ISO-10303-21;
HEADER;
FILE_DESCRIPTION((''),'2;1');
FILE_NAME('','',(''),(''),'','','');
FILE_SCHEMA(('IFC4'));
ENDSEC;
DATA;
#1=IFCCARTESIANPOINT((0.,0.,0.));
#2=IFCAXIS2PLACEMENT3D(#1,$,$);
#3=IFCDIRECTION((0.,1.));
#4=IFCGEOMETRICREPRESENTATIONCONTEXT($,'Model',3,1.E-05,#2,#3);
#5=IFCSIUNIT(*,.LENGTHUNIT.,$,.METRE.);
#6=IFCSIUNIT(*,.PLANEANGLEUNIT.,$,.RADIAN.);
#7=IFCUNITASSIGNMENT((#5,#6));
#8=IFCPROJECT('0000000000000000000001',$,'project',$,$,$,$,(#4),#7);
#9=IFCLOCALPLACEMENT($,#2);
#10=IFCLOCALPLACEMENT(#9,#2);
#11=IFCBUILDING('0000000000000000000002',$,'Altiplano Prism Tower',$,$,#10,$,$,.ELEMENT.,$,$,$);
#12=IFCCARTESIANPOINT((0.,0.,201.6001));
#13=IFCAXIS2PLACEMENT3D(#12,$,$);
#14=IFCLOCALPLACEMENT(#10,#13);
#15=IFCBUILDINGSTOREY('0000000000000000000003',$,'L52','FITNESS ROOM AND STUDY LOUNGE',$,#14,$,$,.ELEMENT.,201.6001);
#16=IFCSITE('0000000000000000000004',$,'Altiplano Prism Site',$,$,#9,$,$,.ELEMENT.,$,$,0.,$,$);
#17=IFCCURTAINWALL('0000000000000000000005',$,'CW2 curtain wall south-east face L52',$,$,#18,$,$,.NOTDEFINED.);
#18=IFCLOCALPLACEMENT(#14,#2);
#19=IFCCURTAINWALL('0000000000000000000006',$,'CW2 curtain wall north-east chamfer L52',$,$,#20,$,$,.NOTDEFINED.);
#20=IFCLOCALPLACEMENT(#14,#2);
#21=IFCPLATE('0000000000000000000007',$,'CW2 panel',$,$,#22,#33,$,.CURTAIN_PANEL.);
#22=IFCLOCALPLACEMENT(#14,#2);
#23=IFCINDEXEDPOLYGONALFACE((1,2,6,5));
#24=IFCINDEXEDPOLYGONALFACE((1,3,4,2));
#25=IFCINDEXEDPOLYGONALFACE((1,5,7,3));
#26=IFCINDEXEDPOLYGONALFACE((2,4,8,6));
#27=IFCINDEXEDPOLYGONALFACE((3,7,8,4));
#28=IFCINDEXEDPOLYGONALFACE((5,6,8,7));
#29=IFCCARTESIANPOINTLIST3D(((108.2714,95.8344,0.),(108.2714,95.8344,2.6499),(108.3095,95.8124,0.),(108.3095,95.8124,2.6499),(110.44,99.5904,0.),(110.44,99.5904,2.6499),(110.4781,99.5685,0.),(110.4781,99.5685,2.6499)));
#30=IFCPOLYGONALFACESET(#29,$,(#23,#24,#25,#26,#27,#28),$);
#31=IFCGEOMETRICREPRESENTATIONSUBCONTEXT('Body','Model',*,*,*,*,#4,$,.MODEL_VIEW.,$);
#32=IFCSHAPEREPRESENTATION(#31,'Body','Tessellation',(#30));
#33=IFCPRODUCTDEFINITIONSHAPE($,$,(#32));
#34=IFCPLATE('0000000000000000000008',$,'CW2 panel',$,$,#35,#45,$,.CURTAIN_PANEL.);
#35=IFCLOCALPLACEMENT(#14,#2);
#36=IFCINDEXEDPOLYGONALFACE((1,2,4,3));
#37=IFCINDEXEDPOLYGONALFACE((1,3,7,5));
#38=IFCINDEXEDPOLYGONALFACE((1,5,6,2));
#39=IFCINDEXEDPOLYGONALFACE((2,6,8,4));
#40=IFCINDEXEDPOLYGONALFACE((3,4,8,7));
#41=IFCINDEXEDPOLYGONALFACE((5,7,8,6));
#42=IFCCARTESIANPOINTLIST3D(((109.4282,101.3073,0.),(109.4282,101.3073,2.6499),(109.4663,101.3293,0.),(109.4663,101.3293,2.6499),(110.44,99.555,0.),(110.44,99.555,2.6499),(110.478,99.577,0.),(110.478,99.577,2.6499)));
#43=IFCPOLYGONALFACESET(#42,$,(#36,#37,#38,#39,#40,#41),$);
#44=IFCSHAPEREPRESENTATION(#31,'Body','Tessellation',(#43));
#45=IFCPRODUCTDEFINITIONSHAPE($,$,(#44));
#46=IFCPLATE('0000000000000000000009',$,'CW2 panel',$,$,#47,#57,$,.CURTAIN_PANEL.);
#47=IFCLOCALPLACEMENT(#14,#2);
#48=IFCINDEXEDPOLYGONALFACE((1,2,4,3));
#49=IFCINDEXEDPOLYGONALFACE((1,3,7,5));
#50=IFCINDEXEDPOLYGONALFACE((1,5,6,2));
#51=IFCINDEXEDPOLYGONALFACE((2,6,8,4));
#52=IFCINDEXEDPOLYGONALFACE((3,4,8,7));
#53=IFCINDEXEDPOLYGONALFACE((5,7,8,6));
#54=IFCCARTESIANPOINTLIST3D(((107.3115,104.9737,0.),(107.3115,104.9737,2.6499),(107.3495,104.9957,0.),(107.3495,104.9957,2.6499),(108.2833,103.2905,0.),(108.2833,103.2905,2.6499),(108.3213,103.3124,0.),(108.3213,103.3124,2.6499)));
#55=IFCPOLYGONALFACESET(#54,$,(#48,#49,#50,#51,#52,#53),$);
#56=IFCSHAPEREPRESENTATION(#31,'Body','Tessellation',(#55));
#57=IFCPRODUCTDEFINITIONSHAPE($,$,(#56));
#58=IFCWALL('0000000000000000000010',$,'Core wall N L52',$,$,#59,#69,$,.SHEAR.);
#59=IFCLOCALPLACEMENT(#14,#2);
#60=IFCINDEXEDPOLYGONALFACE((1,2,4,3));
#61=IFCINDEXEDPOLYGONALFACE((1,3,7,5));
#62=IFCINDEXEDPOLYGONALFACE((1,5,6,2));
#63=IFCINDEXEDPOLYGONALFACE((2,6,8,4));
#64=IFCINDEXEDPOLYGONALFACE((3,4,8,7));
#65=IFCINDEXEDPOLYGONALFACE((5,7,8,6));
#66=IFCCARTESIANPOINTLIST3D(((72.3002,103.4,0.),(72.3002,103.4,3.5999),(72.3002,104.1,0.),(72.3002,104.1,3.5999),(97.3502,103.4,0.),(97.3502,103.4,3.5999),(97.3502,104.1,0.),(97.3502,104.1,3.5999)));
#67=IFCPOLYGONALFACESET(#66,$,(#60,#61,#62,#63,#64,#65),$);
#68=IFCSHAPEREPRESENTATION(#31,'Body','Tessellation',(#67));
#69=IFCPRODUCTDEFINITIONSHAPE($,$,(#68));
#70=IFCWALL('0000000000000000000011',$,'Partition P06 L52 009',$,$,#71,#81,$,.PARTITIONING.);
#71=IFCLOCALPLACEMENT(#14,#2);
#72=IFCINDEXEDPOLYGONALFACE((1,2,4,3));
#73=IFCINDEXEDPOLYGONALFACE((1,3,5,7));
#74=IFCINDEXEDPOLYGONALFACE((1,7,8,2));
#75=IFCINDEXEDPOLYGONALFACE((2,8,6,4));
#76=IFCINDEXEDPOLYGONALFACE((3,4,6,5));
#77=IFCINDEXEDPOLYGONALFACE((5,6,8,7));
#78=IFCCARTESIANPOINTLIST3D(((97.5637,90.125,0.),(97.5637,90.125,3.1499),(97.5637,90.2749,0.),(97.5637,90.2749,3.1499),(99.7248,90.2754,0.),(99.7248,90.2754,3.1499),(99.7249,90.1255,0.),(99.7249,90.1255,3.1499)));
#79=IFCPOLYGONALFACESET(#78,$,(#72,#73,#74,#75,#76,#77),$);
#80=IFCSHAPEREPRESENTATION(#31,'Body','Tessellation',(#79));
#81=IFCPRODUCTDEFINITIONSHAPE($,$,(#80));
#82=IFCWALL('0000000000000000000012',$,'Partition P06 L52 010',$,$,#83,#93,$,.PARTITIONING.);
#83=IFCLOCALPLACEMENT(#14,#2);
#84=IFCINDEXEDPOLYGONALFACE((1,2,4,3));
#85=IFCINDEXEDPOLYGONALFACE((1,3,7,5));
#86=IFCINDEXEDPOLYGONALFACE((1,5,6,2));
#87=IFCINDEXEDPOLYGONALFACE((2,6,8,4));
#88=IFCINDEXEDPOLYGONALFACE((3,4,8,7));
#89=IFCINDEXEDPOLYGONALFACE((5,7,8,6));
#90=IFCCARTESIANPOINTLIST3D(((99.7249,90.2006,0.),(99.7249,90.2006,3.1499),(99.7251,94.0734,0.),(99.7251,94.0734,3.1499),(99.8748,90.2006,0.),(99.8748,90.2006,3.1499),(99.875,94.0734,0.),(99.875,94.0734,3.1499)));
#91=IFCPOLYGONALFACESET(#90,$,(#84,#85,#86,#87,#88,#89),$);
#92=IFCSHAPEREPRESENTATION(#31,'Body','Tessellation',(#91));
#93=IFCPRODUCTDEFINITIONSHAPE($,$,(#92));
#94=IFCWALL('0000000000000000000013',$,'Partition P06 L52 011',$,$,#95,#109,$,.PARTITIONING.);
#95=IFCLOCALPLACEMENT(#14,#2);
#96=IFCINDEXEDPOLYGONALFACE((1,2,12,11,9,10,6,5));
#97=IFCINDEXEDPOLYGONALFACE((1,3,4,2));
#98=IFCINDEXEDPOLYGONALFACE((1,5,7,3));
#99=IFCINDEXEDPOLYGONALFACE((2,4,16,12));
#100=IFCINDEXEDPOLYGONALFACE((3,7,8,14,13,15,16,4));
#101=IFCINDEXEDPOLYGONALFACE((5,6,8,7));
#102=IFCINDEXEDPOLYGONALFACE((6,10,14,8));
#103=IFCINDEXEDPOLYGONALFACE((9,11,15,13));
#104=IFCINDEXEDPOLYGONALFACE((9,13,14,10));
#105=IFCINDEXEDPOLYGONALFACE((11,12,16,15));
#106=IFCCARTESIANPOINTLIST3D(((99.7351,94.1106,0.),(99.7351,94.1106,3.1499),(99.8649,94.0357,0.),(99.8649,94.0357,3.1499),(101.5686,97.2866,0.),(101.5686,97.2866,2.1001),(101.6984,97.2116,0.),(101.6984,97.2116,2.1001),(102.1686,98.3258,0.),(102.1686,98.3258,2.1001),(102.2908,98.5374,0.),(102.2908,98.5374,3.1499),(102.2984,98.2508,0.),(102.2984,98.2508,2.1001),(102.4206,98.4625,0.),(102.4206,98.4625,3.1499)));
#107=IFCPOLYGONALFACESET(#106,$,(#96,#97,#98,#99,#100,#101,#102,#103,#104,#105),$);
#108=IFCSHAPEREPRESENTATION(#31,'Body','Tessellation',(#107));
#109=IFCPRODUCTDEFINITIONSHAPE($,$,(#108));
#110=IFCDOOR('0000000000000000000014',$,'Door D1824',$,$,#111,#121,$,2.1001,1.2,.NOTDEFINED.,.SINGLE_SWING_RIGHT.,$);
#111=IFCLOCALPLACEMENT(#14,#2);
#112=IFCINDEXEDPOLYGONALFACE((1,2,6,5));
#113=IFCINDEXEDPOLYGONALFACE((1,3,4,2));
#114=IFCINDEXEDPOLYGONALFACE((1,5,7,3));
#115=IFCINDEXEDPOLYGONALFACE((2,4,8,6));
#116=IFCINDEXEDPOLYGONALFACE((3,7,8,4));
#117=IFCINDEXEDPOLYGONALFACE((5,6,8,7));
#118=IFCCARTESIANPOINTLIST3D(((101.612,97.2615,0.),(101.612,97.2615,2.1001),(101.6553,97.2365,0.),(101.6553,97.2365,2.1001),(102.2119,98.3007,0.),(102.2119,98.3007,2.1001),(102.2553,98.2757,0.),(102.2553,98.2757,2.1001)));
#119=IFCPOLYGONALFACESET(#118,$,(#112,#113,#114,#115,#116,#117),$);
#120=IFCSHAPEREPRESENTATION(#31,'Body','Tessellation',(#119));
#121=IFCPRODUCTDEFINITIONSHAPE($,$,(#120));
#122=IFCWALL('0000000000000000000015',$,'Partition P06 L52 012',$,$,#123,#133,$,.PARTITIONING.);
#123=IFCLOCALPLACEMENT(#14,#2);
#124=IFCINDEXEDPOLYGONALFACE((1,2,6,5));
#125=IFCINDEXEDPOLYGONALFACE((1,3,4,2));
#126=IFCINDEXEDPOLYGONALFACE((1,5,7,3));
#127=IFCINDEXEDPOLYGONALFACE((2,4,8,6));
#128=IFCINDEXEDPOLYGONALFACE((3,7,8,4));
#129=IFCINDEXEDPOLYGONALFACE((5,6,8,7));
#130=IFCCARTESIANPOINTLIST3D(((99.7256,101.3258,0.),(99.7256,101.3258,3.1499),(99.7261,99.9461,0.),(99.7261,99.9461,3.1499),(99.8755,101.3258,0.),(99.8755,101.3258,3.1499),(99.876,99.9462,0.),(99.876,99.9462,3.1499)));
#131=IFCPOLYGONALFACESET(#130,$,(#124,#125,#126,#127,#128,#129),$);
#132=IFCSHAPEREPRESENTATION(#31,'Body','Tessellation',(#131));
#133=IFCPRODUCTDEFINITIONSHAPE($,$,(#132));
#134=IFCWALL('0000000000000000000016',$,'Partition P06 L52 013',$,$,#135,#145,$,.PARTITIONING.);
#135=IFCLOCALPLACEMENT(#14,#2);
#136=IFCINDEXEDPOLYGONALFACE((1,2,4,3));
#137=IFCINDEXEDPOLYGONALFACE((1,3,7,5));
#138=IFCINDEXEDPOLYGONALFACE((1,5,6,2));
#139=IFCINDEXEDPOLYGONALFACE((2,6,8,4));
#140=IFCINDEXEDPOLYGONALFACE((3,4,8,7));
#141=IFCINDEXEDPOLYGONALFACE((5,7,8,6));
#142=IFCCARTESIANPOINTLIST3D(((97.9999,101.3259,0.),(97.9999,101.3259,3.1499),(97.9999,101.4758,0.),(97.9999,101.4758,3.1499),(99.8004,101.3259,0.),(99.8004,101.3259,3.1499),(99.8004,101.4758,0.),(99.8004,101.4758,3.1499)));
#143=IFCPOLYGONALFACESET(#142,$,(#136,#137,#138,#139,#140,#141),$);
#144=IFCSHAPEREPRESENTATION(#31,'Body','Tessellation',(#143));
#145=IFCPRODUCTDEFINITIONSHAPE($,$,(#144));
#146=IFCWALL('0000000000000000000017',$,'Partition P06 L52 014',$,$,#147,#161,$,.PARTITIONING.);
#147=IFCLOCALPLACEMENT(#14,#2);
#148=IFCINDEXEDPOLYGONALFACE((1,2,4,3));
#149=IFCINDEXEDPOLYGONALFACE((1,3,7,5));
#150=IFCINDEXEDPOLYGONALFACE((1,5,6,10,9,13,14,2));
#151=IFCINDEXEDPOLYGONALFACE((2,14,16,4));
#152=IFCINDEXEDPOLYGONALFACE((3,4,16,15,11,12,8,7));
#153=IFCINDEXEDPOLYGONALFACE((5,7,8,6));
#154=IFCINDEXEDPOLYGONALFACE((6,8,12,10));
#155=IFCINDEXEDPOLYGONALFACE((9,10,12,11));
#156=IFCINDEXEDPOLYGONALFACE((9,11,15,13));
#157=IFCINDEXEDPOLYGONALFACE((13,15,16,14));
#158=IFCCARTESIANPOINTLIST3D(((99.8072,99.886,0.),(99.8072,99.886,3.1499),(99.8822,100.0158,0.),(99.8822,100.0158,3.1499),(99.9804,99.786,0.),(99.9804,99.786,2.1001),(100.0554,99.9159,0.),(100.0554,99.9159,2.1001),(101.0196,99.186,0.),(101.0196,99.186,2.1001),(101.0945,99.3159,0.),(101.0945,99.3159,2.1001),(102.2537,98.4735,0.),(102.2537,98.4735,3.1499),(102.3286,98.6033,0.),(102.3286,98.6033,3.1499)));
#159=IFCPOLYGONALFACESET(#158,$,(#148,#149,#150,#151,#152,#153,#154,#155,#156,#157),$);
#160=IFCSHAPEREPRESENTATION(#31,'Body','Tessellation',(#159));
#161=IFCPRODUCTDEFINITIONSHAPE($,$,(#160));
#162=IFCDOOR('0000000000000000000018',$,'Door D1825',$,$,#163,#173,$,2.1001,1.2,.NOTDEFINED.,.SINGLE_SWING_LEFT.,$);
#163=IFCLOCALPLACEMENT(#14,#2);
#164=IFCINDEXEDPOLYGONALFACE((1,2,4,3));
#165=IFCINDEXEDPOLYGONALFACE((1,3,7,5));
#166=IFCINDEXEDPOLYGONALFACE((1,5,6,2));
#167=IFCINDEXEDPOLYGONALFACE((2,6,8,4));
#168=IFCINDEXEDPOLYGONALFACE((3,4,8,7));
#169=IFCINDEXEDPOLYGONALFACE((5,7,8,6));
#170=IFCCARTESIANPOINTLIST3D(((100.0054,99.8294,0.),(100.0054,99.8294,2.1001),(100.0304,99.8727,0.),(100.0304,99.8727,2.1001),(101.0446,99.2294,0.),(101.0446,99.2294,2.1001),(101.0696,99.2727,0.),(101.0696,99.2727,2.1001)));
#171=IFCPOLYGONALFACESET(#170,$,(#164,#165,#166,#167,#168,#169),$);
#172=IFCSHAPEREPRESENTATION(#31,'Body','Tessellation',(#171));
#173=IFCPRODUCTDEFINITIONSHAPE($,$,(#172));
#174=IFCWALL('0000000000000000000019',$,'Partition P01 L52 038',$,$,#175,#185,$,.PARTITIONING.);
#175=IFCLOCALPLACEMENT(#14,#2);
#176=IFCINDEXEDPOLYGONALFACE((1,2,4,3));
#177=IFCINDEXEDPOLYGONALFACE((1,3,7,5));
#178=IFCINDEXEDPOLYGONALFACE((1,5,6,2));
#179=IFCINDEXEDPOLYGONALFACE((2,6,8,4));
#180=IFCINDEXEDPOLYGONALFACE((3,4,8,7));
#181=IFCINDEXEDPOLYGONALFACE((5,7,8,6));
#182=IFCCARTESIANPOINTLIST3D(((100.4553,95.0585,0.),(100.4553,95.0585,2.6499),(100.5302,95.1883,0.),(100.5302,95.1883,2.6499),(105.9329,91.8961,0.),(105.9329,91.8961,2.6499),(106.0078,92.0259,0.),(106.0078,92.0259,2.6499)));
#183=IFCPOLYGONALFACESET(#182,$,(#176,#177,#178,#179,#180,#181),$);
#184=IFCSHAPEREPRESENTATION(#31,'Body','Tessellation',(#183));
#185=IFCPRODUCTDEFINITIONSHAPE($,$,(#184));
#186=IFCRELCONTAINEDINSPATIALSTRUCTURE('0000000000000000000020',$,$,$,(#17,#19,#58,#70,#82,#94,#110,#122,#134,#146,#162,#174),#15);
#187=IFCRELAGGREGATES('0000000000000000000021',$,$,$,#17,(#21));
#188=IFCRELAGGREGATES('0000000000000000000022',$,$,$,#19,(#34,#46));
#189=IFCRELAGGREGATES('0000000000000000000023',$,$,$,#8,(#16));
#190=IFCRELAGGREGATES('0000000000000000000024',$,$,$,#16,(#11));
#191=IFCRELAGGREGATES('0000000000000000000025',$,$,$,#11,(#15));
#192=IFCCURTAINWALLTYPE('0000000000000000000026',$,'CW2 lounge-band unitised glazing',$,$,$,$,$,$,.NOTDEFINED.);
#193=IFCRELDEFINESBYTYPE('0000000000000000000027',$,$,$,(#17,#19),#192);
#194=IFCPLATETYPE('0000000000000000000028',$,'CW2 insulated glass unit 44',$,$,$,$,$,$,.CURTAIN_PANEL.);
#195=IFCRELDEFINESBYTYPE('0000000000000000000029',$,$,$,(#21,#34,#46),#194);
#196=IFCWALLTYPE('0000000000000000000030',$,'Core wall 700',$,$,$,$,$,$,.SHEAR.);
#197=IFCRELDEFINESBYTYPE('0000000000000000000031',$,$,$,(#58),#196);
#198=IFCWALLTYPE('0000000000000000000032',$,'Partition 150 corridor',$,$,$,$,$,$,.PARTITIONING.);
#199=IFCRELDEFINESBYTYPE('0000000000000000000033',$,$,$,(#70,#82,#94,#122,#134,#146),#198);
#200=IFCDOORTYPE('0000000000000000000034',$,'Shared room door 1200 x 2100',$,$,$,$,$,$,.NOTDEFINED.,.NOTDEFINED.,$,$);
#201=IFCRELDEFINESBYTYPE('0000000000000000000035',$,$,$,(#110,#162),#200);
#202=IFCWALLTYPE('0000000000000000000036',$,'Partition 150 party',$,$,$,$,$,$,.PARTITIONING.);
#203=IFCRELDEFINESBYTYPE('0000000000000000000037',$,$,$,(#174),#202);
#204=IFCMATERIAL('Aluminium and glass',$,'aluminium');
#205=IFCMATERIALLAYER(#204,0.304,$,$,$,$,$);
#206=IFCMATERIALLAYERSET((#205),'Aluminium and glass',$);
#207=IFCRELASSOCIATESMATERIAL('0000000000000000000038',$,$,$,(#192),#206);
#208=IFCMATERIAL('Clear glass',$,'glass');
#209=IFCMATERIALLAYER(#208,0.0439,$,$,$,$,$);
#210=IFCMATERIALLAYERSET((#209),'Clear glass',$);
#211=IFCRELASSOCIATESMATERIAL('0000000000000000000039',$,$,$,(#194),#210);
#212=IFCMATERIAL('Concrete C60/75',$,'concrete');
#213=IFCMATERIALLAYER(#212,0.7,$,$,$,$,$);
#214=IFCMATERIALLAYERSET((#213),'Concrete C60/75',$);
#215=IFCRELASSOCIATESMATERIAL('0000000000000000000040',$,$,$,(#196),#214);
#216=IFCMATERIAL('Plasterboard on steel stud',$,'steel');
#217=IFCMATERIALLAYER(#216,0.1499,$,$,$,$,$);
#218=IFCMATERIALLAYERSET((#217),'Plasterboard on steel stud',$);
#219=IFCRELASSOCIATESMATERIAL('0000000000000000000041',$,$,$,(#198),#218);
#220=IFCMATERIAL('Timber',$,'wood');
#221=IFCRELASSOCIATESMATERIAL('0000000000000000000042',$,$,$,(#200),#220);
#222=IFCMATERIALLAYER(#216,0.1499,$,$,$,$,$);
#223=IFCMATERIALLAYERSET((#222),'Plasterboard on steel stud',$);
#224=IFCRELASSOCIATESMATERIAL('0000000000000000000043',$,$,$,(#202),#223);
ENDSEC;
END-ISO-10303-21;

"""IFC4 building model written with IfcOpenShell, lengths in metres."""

from ifc_helpers import new_model, si_unit, direction, frame, frame_2d, origin, origin_2d, place, context, subcontext, project, spatial, rectangle, extrude, material, layer, layer_set, type_object, element, fill, aggregate, save


model = new_model("IFC4")

# Units and contexts
model_context = context("Model", 3, precision=1e-05, world=origin(), true_north=direction((0.0, 1.0)))
body_context = subcontext(model_context, "Body", "Model", "MODEL_VIEW")
ifc_project = project(units=[si_unit("LENGTHUNIT", "METRE"), si_unit("PLANEANGLEUNIT", "RADIAN")], contexts=[model_context])

# Site, building, storey
site_placement = place(None, origin())
site = spatial("IfcSite", under=ifc_project, at=site_placement, Name="Altiplano Prism Site", CompositionType="ELEMENT", RefElevation=0.0)
building_placement = place(site_placement, origin())
building = spatial("IfcBuilding", under=site, at=building_placement, Name="Altiplano Prism Tower", CompositionType="ELEMENT")
storey_placement = place(building_placement, frame((0.0, 0.0, 201.6001)))
storey = spatial("IfcBuildingStorey", under=building, at=storey_placement, Name="L52", Description="FITNESS ROOM AND STUDY LOUNGE", CompositionType="ELEMENT", Elevation=201.6001)

# Shared definitions
ifc_material_1 = material(Name="Concrete C60/75", Category="concrete")

# Curtain walls
ifc_material_2 = material(Name="Aluminium and glass", Category="aluminium")
ifc_layer_1 = layer(ifc_material_2, 0.304)
ifc_layer_set_1 = layer_set([ifc_layer_1], Name="Aluminium and glass")
curtain_wall_type = type_object("IfcCurtainWallType", Name="CW2 lounge-band unitised glazing", PredefinedType="NOTDEFINED", material=ifc_layer_set_1)
curtain_wall_1_placement = place(storey_placement, origin())
curtain_wall_1 = element("IfcCurtainWall", 1, at=curtain_wall_1_placement, inside=storey, type_object=curtain_wall_type, Name="CW2 curtain wall south-east face L52", PredefinedType="NOTDEFINED")
curtain_wall_2_placement = place(storey_placement, origin())
curtain_wall_2 = element("IfcCurtainWall", 2, at=curtain_wall_2_placement, inside=storey, type_object=curtain_wall_type, Name="CW2 curtain wall north-east chamfer L52", PredefinedType="NOTDEFINED")

# Plates
ifc_material_3 = material(Name="Clear glass", Category="glass")
ifc_layer_2 = layer(ifc_material_3, 0.0439)
ifc_layer_set_2 = layer_set([ifc_layer_2], Name="Clear glass")
plate_type = type_object("IfcPlateType", Name="CW2 insulated glass unit 44", PredefinedType="CURTAIN_PANEL", material=ifc_layer_set_2)
plate_1_placement = place(storey_placement, frame((109.3748, 97.7014, 0.0), z_axis=(0.0, 0.0, 1.0), x_axis=(0.5, 0.866025, 0.0)))
plate_1 = element("IfcPlate", 3, at=plate_1_placement, type_object=plate_type, Name="CW2 panel", PredefinedType="CURTAIN_PANEL", context=body_context, shape_type="SweptSolid", body=[
    extrude(rectangle(XDim=4.3372, YDim=0.0439, at=origin_2d()), origin(), (0.0, 0.0, 1.0), 2.6499),
])
aggregate(curtain_wall_1, [plate_1])
plate_2_placement = place(storey_placement, frame((109.9531, 100.4421, 0.0), z_axis=(0.0, 0.0, 1.0), x_axis=(-0.5, 0.866025, 0.0)))
plate_2 = element("IfcPlate", 4, at=plate_2_placement, type_object=plate_type, Name="CW2 panel", PredefinedType="CURTAIN_PANEL", context=body_context, shape_type="SweptSolid", body=[
    extrude(rectangle(XDim=2.0234, YDim=0.0439, at=origin_2d()), origin(), (0.0, 0.0, 1.0), 2.6499),
])
plate_3_placement = place(storey_placement, frame((107.8164, 104.1431, 0.0), z_axis=(0.0, 0.0, 1.0), x_axis=(-0.5, 0.866025, 0.0)))
plate_3 = element("IfcPlate", 5, at=plate_3_placement, type_object=plate_type, Name="CW2 panel", PredefinedType="CURTAIN_PANEL", context=body_context, shape_type="SweptSolid", body=[
    extrude(rectangle(XDim=1.9436, YDim=0.0439, at=origin_2d()), origin(), (0.0, 0.0, 1.0), 2.6499),
])
aggregate(curtain_wall_2, [plate_2, plate_3])

# Walls
ifc_layer_3 = layer(ifc_material_1, 0.7)
ifc_layer_set_3 = layer_set([ifc_layer_3], Name="Concrete C60/75")
wall_type_1 = type_object("IfcWallType", Name="Core wall 700", PredefinedType="SHEAR", material=ifc_layer_set_3)
wall_1_placement = place(storey_placement, frame((97.3501, 103.75, 0.0), z_axis=(0.0, 0.0, 1.0), x_axis=(-1.0, 0.0, 0.0)))
element("IfcWall", 6, at=wall_1_placement, inside=storey, type_object=wall_type_1, Name="Core wall N L52", PredefinedType="SHEAR", context=body_context, shape_type="SweptSolid", body=[
    extrude(rectangle(XDim=25.05, YDim=0.7, at=frame_2d((12.5249, 0.0))), origin(), (0.0, 0.0, 1.0), 3.5999),
])
ifc_material_4 = material(Name="Plasterboard on steel stud", Category="steel")
ifc_layer_4 = layer(ifc_material_4, 0.1499)
ifc_layer_set_4 = layer_set([ifc_layer_4], Name="Plasterboard on steel stud")
wall_type_2 = type_object("IfcWallType", Name="Partition 150 corridor", PredefinedType="PARTITIONING", material=ifc_layer_set_4)
wall_2_placement = place(storey_placement, frame((97.5637, 90.2, 0.0), z_axis=(0.0, 0.0, 1.0), x_axis=(1.0, 0.000226, 0.0)))
element("IfcWall", 7, at=wall_2_placement, inside=storey, type_object=wall_type_2, Name="Partition P06 L52 009", PredefinedType="PARTITIONING", context=body_context, shape_type="SweptSolid", body=[
    extrude(rectangle(XDim=2.1611, YDim=0.1499, at=frame_2d((1.0806, 0.0))), origin(), (0.0, 0.0, 1.0), 3.1499),
])
wall_3_placement = place(storey_placement, frame((99.7998, 90.2004, 0.0), z_axis=(0.0, 0.0, 1.0), x_axis=(0.000063, 1.0, 0.0)))
element("IfcWall", 8, at=wall_3_placement, inside=storey, type_object=wall_type_2, Name="Partition P06 L52 010", PredefinedType="PARTITIONING", context=body_context, shape_type="SweptSolid", body=[
    extrude(rectangle(XDim=3.8728, YDim=0.1499, at=frame_2d((1.9365, 0.0))), origin(), (0.0, 0.0, 1.0), 3.1499),
])

# Wall, opening, door
wall_4_placement = place(storey_placement, frame((99.8, 94.0732, 0.0), z_axis=(0.0, 0.0, 1.0), x_axis=(0.499982, 0.866036, 0.0)))
wall_4 = element("IfcWall", 9, at=wall_4_placement, inside=storey, type_object=wall_type_2, Name="Partition P06 L52 011", PredefinedType="PARTITIONING", context=body_context, shape_type="SweptSolid", body=[
    extrude(rectangle(XDim=5.1116, YDim=0.1499, at=frame_2d((2.5557, 0.0))), origin(), (0.0, 0.0, 1.0), 3.1499),
])
opening_1_placement = place(wall_4_placement, frame((3.667, 0.0, 0.0)))
opening_1 = element("IfcOpeningElement", 10, at=opening_1_placement, cuts=wall_4, PredefinedType="OPENING", context=body_context, shape_type="SweptSolid", body=[
    extrude(rectangle(XDim=1.2, YDim=2.1001, at=frame_2d((0.6001, 1.05))), frame((0.0, 0.0854, 0.0), z_axis=(0.0, -1.0, 0.0), x_axis=(1.0, 0.0, 0.0)), (0.0, 0.0, 1.0), 0.1709),
])
ifc_material_5 = material(Name="Timber", Category="wood")
door_type = type_object("IfcDoorType", Name="Shared room door 1200 x 2100", OperationType="NOTDEFINED", PredefinedType="NOTDEFINED", material=ifc_material_5)
door_1_placement = place(opening_1_placement, origin())
door_1 = element("IfcDoor", 11, at=door_1_placement, inside=storey, type_object=door_type, Name="Door D1824", OperationType="SINGLE_SWING_RIGHT", OverallHeight=2.1001, OverallWidth=1.2, PredefinedType="NOTDEFINED", context=body_context, shape_type="SweptSolid", body=[
    extrude(rectangle(XDim=1.2, YDim=2.1001, at=frame_2d((0.6001, 1.05))), frame((0.0, 0.0249, 0.0), z_axis=(0.0, -1.0, 0.0), x_axis=(1.0, 0.0, 0.0)), (0.0, 0.0, 1.0), 0.05),
])
fill(opening_1, door_1)

# Walls
wall_5_placement = place(storey_placement, frame((99.801, 99.946, 0.0), z_axis=(0.0, 0.0, 1.0), x_axis=(-0.000354, 1.0, 0.0)))
element("IfcWall", 12, at=wall_5_placement, inside=storey, type_object=wall_type_2, Name="Partition P06 L52 012", PredefinedType="PARTITIONING", context=body_context, shape_type="SweptSolid", body=[
    extrude(rectangle(XDim=1.3796, YDim=0.1499, at=frame_2d((0.6899, 0.0))), origin(), (0.0, 0.0, 1.0), 3.1499),
])
wall_6_placement = place(storey_placement, frame((99.8005, 101.4009, 0.0), z_axis=(0.0, 0.0, 1.0), x_axis=(-1.0, 0.0, 0.0)))
element("IfcWall", 13, at=wall_6_placement, inside=storey, type_object=wall_type_2, Name="Partition P06 L52 013", PredefinedType="PARTITIONING", context=body_context, shape_type="SweptSolid", body=[
    extrude(rectangle(XDim=1.8005, YDim=0.1499, at=frame_2d((0.9004, 0.0))), origin(), (0.0, 0.0, 1.0), 3.1499),
])

# Wall, opening, door
wall_7_placement = place(storey_placement, frame((102.2913, 98.5383, 0.0), z_axis=(0.0, 0.0, 1.0), x_axis=(-0.866011, 0.500024, 0.0)))
wall_7 = element("IfcWall", 14, at=wall_7_placement, inside=storey, type_object=wall_type_2, Name="Partition P06 L52 014", PredefinedType="PARTITIONING", context=body_context, shape_type="SweptSolid", body=[
    extrude(rectangle(XDim=2.825, YDim=0.1499, at=frame_2d((1.4126, 0.0))), origin(), (0.0, 0.0, 1.0), 3.1499),
])
opening_2_placement = place(wall_7_placement, frame((1.425, 0.0, 0.0)))
opening_2 = element("IfcOpeningElement", 15, at=opening_2_placement, cuts=wall_7, PredefinedType="OPENING", context=body_context, shape_type="SweptSolid", body=[
    extrude(rectangle(XDim=1.2, YDim=2.1001, at=frame_2d((0.6001, 1.05))), frame((0.0, 0.0854, 0.0), z_axis=(0.0, -1.0, 0.0), x_axis=(1.0, 0.0, 0.0)), (0.0, 0.0, 1.0), 0.1709),
])
door_2_placement = place(opening_2_placement, origin())
door_2 = element("IfcDoor", 16, at=door_2_placement, inside=storey, type_object=door_type, Name="Door D1825", OperationType="SINGLE_SWING_LEFT", OverallHeight=2.1001, OverallWidth=1.2, PredefinedType="NOTDEFINED", context=body_context, shape_type="SweptSolid", body=[
    extrude(rectangle(XDim=1.2, YDim=2.1001, at=frame_2d((0.6001, 1.05))), frame((0.0, 0.0249, 0.0), z_axis=(0.0, -1.0, 0.0), x_axis=(1.0, 0.0, 0.0)), (0.0, 0.0, 1.0), 0.05),
])
fill(opening_2, door_2)

# Wall
ifc_layer_5 = layer(ifc_material_4, 0.1499)
ifc_layer_set_5 = layer_set([ifc_layer_5], Name="Plasterboard on steel stud")
wall_type_3 = type_object("IfcWallType", Name="Partition 150 party", PredefinedType="PARTITIONING", material=ifc_layer_set_5)
wall_8_placement = place(storey_placement, frame((105.9705, 91.9609, 0.0), z_axis=(0.0, 0.0, 1.0), x_axis=(-0.866033, 0.499988, 0.0)))
element("IfcWall", 17, at=wall_8_placement, inside=storey, type_object=wall_type_3, Name="Partition P01 L52 038", PredefinedType="PARTITIONING", context=body_context, shape_type="SweptSolid", body=[
    extrude(rectangle(XDim=6.325, YDim=0.1499, at=frame_2d((3.1626, 0.0))), origin(), (0.0, 0.0, 1.0), 2.6499),
])

save(model, "model.ifc")
